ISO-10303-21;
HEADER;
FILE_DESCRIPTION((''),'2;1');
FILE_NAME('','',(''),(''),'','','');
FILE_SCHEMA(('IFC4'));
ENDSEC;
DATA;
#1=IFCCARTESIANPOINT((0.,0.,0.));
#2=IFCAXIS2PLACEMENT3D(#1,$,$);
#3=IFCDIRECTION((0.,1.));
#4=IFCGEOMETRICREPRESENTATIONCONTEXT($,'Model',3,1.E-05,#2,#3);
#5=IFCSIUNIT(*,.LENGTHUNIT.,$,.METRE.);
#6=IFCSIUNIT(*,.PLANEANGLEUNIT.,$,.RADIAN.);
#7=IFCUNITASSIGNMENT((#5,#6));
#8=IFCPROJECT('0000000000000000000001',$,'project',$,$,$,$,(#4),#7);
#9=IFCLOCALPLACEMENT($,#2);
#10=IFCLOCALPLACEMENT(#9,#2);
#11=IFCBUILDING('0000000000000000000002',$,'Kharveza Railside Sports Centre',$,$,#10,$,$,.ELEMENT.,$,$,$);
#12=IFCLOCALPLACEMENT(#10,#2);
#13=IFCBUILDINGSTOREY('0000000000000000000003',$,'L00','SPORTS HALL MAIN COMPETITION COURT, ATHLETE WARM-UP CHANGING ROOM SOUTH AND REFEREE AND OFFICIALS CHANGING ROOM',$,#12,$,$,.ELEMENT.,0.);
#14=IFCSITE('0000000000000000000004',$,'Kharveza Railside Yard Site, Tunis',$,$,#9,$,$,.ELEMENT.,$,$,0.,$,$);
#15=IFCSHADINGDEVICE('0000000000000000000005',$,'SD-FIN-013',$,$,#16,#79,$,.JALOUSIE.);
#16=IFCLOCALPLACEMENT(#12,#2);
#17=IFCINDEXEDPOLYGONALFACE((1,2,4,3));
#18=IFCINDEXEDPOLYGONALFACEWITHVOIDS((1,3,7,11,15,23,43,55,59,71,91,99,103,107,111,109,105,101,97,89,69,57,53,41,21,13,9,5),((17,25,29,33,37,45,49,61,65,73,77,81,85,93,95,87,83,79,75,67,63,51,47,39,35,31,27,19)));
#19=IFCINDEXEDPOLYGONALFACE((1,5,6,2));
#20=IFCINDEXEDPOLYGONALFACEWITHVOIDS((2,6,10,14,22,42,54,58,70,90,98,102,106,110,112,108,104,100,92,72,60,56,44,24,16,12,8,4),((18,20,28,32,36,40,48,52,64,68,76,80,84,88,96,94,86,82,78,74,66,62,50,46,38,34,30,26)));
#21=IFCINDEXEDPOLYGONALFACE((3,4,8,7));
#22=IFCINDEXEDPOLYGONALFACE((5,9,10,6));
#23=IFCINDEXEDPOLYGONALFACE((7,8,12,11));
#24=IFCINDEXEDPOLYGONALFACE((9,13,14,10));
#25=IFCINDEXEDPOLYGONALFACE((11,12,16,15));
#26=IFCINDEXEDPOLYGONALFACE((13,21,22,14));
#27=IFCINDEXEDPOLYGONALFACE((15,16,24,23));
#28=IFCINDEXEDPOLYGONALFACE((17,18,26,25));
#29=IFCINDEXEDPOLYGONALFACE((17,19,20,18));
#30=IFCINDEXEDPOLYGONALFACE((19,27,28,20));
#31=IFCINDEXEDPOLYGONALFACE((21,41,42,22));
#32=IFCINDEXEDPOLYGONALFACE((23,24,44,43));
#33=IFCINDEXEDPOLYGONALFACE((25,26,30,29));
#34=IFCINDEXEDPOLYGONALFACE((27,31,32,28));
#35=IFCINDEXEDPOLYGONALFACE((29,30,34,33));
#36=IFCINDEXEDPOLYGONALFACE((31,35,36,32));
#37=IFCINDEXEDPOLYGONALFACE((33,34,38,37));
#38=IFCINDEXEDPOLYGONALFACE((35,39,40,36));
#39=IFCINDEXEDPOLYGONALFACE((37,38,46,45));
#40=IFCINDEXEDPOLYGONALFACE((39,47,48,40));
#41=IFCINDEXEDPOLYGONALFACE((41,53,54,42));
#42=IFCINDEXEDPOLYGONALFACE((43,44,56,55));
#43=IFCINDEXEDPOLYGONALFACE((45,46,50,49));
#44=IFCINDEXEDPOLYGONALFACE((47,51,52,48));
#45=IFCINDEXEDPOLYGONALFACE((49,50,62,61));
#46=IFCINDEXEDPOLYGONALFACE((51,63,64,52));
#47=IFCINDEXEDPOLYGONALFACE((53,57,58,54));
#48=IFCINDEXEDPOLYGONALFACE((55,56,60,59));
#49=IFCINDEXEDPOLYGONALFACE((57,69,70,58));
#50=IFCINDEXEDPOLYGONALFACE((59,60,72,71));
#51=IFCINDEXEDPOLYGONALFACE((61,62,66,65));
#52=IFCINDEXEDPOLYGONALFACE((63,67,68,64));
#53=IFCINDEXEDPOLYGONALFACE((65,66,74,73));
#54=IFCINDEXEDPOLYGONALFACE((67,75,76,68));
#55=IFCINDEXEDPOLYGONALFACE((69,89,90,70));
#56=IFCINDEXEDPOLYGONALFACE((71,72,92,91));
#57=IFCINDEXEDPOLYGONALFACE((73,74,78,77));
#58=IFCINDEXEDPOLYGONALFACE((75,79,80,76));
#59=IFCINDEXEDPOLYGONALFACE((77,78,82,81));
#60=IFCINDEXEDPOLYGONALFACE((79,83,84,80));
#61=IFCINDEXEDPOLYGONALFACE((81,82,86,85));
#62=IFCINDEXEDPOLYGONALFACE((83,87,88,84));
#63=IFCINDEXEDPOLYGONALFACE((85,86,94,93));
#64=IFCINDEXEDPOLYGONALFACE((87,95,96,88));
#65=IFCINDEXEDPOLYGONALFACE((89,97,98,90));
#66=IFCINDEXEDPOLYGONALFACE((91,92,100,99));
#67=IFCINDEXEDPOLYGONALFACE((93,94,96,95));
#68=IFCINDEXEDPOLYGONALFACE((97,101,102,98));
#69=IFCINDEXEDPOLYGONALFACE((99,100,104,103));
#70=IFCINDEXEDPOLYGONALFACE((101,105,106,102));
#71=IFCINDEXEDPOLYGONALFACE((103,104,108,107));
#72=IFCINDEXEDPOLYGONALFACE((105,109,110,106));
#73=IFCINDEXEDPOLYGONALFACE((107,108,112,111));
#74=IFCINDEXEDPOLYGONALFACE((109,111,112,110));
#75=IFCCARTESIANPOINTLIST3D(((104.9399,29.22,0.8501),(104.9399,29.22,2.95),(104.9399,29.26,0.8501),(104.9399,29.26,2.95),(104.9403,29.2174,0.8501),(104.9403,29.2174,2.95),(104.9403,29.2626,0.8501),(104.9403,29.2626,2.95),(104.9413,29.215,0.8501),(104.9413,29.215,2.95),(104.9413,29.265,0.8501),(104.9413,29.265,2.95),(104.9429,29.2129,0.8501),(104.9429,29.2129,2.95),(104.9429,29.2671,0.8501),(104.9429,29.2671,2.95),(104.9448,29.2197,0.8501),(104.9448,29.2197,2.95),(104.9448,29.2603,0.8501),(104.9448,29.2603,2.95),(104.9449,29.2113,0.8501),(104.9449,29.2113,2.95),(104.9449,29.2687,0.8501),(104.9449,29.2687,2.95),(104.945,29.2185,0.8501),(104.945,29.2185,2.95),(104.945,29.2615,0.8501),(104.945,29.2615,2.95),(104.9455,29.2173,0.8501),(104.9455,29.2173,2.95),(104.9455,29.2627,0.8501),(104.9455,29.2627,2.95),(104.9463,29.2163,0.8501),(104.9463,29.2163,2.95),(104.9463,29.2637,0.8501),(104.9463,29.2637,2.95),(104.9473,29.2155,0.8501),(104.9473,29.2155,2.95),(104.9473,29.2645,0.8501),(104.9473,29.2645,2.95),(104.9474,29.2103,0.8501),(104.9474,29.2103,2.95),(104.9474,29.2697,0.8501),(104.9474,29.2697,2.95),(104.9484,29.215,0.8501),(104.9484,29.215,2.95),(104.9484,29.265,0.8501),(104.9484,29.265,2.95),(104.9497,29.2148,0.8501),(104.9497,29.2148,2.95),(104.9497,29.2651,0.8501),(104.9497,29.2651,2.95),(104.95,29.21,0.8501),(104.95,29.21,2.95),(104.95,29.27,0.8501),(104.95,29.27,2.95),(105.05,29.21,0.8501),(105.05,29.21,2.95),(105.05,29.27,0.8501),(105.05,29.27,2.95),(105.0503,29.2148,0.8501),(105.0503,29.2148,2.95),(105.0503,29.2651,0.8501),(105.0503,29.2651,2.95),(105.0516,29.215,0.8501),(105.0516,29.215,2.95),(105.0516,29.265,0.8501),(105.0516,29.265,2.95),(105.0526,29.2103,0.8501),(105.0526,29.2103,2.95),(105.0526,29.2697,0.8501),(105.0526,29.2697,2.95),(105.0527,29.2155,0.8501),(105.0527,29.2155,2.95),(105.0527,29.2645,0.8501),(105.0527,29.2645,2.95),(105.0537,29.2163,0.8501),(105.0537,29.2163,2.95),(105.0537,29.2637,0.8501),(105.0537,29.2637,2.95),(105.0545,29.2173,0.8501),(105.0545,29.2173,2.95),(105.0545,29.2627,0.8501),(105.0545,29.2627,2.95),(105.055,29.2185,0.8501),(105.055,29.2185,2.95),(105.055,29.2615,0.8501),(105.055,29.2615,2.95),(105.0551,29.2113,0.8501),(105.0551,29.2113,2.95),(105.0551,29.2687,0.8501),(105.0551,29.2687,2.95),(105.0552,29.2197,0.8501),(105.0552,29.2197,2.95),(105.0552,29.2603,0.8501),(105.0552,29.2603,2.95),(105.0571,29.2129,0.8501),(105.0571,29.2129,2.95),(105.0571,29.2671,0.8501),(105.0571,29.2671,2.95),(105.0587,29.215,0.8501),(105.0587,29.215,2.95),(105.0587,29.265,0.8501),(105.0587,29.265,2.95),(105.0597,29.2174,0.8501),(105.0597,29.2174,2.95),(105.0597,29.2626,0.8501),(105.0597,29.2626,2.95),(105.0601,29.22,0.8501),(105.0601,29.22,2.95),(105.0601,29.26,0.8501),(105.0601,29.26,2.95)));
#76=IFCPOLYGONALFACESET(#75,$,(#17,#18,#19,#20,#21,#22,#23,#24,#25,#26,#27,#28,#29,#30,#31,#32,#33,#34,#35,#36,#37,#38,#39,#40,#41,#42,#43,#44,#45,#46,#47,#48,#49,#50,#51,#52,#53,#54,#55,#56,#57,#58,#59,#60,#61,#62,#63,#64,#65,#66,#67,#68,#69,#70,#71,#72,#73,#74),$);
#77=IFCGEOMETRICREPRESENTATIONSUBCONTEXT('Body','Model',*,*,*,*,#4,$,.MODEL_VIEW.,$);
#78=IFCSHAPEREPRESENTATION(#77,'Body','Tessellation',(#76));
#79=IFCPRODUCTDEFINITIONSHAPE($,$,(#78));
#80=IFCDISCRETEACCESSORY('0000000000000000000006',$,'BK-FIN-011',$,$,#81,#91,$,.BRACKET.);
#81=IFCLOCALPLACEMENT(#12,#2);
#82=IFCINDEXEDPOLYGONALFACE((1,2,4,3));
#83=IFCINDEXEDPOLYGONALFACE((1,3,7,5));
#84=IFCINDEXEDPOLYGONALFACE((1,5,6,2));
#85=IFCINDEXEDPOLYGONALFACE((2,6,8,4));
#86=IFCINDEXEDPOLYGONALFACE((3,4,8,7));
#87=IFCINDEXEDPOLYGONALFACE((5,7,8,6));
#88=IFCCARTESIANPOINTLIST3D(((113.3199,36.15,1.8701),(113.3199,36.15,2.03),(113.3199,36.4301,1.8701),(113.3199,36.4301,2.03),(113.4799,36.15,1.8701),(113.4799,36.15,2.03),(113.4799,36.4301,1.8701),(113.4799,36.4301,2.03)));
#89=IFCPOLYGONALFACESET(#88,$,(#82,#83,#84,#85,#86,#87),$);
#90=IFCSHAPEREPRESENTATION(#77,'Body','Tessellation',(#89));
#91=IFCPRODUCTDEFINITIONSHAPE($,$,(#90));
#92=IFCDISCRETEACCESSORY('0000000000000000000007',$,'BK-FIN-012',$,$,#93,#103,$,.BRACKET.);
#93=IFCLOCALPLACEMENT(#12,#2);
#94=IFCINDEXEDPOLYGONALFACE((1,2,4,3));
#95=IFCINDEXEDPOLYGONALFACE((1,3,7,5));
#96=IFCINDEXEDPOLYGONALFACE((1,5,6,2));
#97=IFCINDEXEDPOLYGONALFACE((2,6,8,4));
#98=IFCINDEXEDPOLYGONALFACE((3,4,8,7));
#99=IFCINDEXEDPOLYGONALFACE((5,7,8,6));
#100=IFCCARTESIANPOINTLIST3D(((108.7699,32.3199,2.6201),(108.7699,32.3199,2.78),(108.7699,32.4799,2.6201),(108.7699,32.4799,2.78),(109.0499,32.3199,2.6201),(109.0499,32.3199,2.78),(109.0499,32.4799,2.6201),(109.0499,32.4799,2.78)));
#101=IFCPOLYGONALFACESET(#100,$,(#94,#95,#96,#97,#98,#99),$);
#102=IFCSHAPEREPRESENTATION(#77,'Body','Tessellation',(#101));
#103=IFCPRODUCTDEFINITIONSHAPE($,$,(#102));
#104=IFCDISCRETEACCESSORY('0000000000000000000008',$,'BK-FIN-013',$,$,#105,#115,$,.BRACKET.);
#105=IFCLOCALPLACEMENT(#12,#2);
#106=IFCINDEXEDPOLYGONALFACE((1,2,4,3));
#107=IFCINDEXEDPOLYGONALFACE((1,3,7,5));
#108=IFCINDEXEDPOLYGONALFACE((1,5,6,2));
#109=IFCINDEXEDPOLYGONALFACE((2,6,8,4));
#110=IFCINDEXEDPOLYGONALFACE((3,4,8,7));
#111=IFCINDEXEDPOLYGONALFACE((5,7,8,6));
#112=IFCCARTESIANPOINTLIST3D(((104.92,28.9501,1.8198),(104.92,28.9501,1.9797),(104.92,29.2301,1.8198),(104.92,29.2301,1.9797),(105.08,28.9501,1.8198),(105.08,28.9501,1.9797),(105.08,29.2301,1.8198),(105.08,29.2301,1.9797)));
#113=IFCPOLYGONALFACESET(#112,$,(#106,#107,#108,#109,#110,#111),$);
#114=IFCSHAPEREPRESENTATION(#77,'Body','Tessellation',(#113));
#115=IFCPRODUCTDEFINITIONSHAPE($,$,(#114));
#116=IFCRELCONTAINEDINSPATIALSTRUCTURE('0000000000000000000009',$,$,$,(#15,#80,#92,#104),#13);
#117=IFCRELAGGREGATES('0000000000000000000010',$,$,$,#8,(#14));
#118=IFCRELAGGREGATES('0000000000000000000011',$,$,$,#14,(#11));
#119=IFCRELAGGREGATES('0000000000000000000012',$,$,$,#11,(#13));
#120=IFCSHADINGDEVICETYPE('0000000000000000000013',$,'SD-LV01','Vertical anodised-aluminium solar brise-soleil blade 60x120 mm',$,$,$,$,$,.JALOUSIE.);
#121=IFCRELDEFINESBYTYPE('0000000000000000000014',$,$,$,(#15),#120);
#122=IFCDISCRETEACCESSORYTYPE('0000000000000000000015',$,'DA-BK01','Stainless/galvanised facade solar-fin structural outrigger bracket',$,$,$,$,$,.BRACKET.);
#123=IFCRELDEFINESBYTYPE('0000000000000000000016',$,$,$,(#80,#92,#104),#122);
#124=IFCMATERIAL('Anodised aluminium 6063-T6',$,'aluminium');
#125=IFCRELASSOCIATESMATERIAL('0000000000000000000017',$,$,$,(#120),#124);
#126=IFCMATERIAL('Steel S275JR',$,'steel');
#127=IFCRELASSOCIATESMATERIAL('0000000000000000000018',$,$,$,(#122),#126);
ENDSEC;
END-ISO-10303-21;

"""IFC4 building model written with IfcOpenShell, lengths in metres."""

from ifc_helpers import new_model, si_unit, direction, frame, origin, origin_2d, place, context, subcontext, project, spatial, rectangle, hollow_rectangle, extrude, material, material_profile, profile_set, type_object, element, save


model = new_model("IFC4")

# Units and contexts
model_context = context("Model", 3, precision=1e-05, world=origin(), true_north=direction((0.0, 1.0)))
body_context = subcontext(model_context, "Body", "Model", "MODEL_VIEW")
ifc_project = project(units=[si_unit("LENGTHUNIT", "METRE"), si_unit("PLANEANGLEUNIT", "RADIAN")], contexts=[model_context])

# Site, building, storey
site_placement = place(None, origin())
site = spatial("IfcSite", under=ifc_project, at=site_placement, Name="Kharveza Railside Yard Site, Tunis", CompositionType="ELEMENT", RefElevation=0.0)
building_placement = place(site_placement, origin())
building = spatial("IfcBuilding", under=site, at=building_placement, Name="Kharveza Railside Sports Centre", CompositionType="ELEMENT")
storey_placement = place(building_placement, origin())
storey = spatial("IfcBuildingStorey", under=building, at=storey_placement, Name="L00", Description="SPORTS HALL MAIN COMPETITION COURT, ATHLETE WARM-UP CHANGING ROOM SOUTH AND REFEREE AND OFFICIALS CHANGING ROOM", CompositionType="ELEMENT", Elevation=0.0)

# Shading device
ifc_material_1 = material(Name="Anodised aluminium 6063-T6", Category="aluminium")
ifc_material_profile_1 = material_profile(ifc_material_1, hollow_rectangle(XDim=0.0601, YDim=0.1201, WallThickness=0.0049, InnerFilletRadius=0.0049, OuterFilletRadius=0.01, at=origin_2d()), Name="RHS 60x120x5.0")
ifc_profile_set_1 = profile_set([ifc_material_profile_1], Name="Anodised aluminium 6063-T6")
shading_device_type = type_object("IfcShadingDeviceType", Name="SD-LV01", Description="Vertical anodised-aluminium solar brise-soleil blade 60x120 mm", PredefinedType="JALOUSIE", material=ifc_profile_set_1)
shading_device_1_placement = place(storey_placement, frame((105.0, 29.24, 0.8501), z_axis=(0.0, 0.0, 1.0), x_axis=(0.0, 1.0, 0.0)))
element("IfcShadingDevice", 1, at=shading_device_1_placement, inside=storey, type_object=shading_device_type, Name="SD-FIN-013", PredefinedType="JALOUSIE", context=body_context, shape_type="SweptSolid", body=[
    extrude(hollow_rectangle(XDim=0.0601, YDim=0.1201, WallThickness=0.0049, InnerFilletRadius=0.0049, OuterFilletRadius=0.01, at=origin_2d()), origin(), (0.0, 0.0, 1.0), 2.0999),
])

# Discrete accessories
ifc_material_2 = material(Name="Steel S275JR", Category="steel")
discrete_accessory_type = type_object("IfcDiscreteAccessoryType", Name="DA-BK01", Description="Stainless/galvanised facade solar-fin structural outrigger bracket", PredefinedType="BRACKET", material=ifc_material_2)
for number, where, z_axis, x_axis, name in (
    (2, (113.3999, 36.29, 1.8701), (0.0, 0.0, 1.0), (0.0, 1.0, 0.0), "BK-FIN-011"),
    (3, (108.9099, 32.3999, 2.6201), (0.0, 0.0, 1.0), (-1.0, 0.0, 0.0), "BK-FIN-012"),
    (4, (105.0, 29.0901, 1.8198), (0.0, 0.0, 1.0), (0.0, 1.0, 0.0), "BK-FIN-013"),
):
    element("IfcDiscreteAccessory", number, at=place(storey_placement, frame(where, z_axis=z_axis, x_axis=x_axis)), inside=storey, type_object=discrete_accessory_type, Name=name, PredefinedType="BRACKET", context=body_context, shape_type="SweptSolid", body=[
        extrude(rectangle(XDim=0.28, YDim=0.1599, at=origin_2d()), origin(), (0.0, 0.0, 1.0), 0.1599),
    ])

save(model, "model.ifc")
